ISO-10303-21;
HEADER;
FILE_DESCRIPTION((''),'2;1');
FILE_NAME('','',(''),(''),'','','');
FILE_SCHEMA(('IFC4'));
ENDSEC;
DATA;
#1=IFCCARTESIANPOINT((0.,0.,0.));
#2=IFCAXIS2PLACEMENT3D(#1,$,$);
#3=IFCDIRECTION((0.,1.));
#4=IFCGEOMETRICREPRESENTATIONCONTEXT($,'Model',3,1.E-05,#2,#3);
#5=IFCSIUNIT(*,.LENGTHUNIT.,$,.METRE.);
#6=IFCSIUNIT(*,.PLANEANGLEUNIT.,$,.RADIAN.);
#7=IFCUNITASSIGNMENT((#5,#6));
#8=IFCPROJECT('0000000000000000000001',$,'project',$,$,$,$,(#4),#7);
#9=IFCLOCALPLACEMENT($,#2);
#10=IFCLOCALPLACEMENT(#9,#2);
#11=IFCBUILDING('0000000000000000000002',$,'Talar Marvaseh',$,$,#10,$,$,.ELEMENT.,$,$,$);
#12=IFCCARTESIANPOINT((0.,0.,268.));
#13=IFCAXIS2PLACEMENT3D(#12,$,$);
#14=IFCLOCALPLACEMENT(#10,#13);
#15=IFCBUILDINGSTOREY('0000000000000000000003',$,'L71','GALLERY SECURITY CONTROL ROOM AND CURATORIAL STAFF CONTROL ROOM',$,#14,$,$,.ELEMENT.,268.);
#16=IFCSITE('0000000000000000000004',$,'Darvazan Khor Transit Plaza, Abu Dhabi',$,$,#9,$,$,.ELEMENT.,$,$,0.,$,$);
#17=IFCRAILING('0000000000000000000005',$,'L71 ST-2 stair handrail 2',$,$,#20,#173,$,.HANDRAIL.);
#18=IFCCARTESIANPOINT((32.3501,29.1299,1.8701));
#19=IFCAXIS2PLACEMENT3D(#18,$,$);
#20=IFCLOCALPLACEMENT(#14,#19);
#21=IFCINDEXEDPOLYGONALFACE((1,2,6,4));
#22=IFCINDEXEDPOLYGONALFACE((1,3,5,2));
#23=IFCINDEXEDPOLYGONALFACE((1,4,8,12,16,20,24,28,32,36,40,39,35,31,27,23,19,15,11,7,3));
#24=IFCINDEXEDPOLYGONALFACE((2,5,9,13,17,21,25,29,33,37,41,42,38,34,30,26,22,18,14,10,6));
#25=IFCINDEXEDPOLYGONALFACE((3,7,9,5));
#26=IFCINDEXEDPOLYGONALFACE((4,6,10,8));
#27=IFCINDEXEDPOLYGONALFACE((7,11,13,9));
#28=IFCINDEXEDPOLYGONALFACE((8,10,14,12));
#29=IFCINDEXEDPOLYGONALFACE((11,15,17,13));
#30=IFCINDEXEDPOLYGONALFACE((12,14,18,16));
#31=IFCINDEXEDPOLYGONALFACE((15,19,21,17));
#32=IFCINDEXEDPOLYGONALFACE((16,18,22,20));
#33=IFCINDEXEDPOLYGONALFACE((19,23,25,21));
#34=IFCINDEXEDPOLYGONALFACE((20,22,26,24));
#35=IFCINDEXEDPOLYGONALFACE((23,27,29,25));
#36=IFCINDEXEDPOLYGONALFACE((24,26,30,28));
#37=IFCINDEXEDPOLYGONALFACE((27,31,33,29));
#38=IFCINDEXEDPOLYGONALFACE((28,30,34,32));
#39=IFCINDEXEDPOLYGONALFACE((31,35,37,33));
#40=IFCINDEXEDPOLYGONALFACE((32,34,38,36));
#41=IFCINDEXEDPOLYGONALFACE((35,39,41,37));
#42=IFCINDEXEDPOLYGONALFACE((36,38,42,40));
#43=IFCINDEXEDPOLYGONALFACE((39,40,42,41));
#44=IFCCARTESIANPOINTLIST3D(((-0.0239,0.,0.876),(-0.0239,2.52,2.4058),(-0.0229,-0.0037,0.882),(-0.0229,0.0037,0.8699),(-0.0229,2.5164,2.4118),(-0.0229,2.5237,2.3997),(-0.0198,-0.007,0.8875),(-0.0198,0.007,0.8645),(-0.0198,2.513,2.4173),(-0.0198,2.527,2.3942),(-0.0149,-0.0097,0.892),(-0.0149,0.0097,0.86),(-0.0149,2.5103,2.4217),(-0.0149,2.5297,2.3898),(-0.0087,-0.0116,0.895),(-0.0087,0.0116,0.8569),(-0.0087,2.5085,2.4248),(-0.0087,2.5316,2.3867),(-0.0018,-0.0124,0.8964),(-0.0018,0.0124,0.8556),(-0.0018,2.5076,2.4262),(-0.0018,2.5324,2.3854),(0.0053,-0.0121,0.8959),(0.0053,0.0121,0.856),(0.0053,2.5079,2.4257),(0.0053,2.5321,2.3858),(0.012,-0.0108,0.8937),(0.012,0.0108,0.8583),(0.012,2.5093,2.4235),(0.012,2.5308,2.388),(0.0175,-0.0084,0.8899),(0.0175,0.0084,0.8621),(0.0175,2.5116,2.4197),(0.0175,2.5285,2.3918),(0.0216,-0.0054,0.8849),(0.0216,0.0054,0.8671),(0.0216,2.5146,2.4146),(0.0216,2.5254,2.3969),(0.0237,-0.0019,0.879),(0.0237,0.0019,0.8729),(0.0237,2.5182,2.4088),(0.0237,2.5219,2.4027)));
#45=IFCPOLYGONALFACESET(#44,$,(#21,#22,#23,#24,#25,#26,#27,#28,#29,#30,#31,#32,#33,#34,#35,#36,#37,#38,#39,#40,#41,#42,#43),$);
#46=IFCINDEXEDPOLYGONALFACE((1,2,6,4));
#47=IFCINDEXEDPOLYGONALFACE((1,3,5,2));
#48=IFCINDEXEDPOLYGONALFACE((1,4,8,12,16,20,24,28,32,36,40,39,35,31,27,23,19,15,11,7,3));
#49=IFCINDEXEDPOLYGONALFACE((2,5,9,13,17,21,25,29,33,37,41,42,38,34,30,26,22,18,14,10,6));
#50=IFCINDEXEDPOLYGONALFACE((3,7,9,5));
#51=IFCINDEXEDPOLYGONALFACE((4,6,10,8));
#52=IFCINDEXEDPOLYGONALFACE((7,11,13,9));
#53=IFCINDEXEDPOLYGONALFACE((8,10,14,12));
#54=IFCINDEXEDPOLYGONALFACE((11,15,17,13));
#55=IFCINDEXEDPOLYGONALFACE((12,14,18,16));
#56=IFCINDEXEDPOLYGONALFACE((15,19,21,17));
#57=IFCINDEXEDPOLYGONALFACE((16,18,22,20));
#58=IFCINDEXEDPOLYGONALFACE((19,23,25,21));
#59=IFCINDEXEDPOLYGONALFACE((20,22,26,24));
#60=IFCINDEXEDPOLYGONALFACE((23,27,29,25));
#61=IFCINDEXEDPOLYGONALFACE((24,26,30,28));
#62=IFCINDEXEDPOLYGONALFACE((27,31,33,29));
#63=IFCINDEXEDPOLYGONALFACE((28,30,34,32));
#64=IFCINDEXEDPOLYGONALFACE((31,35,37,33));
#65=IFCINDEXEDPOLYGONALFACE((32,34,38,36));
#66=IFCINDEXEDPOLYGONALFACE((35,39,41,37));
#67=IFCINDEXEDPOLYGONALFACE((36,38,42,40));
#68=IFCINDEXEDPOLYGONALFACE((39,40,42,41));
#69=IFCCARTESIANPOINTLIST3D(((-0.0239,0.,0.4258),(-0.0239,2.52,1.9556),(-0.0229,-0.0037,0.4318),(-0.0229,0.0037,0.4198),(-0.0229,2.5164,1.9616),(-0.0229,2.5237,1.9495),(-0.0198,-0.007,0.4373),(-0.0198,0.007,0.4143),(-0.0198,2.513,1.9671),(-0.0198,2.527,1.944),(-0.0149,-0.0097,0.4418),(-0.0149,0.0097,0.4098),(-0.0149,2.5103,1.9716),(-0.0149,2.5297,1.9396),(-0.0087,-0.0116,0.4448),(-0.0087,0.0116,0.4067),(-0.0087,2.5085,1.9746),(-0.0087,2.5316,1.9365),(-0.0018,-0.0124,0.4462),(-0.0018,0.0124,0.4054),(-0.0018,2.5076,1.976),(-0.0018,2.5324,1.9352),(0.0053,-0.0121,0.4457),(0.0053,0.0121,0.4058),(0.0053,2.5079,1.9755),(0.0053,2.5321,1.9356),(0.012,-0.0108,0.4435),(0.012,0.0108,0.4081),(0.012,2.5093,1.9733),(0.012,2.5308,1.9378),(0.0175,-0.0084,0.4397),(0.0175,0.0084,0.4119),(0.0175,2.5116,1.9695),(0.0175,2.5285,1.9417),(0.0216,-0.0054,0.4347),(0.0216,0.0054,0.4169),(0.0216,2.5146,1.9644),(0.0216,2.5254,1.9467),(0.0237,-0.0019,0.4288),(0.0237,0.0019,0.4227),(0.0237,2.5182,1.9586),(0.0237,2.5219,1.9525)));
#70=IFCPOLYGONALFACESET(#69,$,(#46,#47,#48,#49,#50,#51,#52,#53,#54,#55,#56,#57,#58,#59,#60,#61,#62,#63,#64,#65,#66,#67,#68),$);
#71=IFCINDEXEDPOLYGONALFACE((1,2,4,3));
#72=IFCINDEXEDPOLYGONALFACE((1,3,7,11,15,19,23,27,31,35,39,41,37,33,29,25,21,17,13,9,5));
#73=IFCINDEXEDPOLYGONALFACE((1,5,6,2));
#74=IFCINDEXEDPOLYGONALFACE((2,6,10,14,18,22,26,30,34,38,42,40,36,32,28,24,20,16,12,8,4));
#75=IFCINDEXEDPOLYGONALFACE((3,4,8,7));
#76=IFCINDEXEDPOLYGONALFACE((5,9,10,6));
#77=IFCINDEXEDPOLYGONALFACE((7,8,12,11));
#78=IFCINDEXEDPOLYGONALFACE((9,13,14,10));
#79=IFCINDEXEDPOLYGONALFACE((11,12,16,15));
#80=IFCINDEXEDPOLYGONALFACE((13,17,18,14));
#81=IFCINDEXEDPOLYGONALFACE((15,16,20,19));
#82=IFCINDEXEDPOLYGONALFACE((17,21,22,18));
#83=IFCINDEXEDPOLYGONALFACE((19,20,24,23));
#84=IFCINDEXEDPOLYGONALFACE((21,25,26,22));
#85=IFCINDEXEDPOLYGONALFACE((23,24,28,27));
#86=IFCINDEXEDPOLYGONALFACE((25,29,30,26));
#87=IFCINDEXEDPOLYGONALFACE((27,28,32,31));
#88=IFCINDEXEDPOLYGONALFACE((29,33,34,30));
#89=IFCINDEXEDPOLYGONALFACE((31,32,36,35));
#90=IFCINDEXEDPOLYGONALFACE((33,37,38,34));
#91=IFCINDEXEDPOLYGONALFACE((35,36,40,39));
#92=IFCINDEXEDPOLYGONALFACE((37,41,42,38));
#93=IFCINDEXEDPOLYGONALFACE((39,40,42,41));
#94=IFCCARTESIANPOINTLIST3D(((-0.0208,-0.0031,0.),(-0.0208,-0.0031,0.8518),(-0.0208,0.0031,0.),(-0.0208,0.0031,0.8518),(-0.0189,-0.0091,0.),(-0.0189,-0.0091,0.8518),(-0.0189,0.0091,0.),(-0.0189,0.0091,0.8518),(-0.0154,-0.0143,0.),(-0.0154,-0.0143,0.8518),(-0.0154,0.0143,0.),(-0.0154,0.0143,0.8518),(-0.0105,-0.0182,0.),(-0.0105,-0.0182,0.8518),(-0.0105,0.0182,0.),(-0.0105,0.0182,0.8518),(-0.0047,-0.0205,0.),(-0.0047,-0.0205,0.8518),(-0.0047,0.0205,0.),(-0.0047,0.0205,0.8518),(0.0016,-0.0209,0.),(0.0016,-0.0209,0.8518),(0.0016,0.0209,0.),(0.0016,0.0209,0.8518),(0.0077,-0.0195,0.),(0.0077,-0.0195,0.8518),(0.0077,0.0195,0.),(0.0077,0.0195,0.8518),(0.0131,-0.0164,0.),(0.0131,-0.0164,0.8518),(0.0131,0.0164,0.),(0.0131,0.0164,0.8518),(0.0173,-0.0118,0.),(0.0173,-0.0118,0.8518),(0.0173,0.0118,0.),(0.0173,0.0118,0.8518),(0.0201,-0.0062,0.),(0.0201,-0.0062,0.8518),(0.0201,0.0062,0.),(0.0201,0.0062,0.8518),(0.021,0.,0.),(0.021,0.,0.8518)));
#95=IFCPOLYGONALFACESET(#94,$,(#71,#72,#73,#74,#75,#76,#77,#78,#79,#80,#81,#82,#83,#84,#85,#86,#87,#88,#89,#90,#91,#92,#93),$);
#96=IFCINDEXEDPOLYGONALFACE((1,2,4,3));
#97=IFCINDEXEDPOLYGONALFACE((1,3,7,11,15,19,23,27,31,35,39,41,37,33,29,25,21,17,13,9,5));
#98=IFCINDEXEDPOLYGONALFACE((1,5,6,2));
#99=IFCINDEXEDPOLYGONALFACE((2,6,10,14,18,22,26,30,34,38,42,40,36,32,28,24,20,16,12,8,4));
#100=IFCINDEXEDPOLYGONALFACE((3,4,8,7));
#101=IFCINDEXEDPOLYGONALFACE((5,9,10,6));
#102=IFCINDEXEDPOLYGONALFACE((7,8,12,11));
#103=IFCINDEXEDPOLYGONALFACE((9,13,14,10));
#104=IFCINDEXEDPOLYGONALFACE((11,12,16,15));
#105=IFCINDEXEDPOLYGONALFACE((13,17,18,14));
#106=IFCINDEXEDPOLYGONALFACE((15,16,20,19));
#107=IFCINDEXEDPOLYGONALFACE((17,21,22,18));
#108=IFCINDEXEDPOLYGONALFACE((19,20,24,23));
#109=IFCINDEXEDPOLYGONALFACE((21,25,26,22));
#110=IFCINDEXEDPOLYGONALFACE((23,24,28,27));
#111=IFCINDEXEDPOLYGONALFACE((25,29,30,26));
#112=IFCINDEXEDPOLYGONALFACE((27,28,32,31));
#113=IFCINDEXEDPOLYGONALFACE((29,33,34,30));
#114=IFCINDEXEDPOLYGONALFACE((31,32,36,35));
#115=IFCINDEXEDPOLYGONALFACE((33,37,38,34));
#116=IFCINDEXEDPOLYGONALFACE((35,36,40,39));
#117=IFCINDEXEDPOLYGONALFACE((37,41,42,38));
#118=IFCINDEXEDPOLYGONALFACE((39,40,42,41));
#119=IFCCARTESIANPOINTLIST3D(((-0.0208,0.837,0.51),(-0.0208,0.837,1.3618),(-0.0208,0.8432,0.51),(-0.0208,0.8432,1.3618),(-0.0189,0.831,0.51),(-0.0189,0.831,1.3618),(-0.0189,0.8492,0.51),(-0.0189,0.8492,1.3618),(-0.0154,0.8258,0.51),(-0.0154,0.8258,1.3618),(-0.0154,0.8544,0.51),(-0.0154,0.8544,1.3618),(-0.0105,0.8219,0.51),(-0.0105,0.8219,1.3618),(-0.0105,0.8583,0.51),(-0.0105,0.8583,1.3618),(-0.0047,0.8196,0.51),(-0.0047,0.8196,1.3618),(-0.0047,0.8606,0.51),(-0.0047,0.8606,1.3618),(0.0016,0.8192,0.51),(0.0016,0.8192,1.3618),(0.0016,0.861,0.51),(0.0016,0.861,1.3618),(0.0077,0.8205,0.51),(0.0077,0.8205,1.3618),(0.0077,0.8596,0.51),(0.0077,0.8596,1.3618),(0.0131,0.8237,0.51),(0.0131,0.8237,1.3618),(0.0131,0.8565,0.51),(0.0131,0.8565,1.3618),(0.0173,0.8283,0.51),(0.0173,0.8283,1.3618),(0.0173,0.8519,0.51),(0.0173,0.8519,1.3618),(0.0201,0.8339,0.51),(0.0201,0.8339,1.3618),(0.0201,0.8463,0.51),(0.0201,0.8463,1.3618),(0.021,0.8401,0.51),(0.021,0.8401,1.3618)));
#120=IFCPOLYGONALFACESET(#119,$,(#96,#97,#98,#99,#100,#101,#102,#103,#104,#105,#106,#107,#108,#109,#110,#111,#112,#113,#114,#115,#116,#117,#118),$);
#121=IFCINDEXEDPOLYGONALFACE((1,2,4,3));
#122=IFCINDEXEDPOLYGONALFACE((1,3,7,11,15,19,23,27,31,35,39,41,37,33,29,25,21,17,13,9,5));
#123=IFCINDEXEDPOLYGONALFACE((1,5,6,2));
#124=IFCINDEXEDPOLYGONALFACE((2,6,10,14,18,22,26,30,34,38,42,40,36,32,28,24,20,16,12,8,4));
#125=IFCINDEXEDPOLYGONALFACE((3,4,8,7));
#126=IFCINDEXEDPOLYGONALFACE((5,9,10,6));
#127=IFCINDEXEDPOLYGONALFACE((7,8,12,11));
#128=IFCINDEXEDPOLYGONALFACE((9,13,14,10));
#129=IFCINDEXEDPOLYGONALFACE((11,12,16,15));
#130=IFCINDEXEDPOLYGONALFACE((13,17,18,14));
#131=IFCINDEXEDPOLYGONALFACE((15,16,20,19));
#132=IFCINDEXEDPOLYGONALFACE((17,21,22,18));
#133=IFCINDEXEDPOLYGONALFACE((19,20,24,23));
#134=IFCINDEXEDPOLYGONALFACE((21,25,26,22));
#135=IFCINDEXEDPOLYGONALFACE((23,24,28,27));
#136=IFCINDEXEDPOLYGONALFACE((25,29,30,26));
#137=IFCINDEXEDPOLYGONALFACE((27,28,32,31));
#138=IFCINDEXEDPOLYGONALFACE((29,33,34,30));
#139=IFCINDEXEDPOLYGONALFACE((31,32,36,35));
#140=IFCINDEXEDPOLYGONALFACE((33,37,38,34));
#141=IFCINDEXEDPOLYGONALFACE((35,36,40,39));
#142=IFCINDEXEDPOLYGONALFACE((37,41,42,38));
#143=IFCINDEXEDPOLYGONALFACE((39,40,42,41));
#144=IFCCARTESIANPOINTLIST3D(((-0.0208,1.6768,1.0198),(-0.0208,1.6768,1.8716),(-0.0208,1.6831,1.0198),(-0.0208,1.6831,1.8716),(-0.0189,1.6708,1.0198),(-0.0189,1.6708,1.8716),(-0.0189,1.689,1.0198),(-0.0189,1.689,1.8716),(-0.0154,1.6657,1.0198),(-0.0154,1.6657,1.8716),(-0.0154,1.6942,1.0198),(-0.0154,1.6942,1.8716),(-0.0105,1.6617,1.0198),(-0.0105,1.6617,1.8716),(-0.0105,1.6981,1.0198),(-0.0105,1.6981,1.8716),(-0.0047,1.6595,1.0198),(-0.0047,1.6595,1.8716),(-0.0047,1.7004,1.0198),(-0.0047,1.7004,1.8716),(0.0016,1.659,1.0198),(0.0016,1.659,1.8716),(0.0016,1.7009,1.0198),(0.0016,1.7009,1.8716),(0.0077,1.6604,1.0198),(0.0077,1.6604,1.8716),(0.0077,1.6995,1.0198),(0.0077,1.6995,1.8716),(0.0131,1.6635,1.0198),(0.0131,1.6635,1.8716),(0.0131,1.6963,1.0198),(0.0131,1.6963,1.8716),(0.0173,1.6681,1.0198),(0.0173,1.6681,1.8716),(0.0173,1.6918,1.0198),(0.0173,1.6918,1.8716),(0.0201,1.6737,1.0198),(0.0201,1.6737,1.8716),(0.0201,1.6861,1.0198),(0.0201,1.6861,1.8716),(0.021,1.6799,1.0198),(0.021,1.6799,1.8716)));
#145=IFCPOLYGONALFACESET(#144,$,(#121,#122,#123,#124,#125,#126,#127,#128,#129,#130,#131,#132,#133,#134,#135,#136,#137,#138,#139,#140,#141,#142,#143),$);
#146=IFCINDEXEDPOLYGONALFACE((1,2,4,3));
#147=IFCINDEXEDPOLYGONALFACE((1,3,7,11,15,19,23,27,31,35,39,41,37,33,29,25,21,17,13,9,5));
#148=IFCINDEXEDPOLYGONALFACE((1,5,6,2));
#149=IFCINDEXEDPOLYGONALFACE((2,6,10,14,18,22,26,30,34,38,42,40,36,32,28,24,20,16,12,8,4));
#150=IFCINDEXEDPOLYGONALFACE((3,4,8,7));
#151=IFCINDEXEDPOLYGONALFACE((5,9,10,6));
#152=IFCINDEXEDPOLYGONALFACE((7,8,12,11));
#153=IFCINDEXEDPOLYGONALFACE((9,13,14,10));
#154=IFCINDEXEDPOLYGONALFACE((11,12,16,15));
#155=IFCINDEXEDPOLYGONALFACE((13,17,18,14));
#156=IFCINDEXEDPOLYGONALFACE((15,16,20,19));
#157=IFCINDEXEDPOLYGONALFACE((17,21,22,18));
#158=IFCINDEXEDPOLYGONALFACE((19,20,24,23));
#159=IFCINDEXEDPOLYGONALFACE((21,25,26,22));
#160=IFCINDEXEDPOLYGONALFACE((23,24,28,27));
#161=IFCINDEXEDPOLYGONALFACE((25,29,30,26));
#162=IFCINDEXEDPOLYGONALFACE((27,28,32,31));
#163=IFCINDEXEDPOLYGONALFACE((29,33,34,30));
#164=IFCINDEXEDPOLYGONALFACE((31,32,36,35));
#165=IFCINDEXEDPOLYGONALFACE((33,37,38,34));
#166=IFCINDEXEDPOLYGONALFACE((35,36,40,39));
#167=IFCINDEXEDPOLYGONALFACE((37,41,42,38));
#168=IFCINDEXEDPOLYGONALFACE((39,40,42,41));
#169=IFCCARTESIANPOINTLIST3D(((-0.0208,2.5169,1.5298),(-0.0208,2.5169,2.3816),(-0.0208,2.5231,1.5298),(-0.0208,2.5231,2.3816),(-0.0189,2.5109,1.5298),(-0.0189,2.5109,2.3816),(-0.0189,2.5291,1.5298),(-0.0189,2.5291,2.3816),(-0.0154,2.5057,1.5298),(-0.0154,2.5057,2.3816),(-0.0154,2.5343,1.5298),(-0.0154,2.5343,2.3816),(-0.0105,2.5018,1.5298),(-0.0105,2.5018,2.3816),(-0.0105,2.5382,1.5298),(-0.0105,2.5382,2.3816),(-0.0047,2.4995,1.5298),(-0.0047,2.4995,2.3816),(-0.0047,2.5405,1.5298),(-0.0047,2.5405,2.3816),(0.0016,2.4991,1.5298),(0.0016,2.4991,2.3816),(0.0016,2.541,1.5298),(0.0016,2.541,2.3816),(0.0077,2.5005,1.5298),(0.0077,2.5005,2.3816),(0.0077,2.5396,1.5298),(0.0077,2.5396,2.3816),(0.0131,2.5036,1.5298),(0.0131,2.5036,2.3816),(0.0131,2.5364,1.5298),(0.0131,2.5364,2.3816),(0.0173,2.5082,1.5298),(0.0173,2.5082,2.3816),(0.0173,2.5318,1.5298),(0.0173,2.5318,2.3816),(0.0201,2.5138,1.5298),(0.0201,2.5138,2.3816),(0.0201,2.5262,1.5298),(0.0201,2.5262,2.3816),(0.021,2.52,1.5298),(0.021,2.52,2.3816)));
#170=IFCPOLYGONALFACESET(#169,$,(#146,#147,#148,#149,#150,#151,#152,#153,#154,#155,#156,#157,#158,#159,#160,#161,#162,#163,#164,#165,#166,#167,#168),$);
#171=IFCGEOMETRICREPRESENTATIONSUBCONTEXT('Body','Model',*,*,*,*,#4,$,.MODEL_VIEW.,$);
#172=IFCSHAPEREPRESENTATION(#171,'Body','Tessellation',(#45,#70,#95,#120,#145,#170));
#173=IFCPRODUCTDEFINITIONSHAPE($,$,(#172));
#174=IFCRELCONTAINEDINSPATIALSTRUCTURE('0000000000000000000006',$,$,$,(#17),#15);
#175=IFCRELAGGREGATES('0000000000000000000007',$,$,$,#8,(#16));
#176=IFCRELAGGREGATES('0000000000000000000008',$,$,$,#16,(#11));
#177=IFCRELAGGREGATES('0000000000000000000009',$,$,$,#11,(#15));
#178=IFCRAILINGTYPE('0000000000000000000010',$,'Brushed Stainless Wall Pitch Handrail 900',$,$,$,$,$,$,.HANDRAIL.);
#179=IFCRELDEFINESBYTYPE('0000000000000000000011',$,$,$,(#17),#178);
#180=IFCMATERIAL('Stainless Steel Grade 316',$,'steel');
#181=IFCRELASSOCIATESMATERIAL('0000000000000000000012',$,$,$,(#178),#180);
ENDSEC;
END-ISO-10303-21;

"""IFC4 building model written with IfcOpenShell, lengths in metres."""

from ifc_helpers import new_model, si_unit, direction, frame, origin, origin_2d, place, context, subcontext, project, spatial, circle, extrude, material, type_object, element, save


model = new_model("IFC4")

# Units and contexts
model_context = context("Model", 3, precision=1e-05, world=origin(), true_north=direction((0.0, 1.0)))
body_context = subcontext(model_context, "Body", "Model", "MODEL_VIEW")
ifc_project = project(units=[si_unit("LENGTHUNIT", "METRE"), si_unit("PLANEANGLEUNIT", "RADIAN")], contexts=[model_context])

# Site, building, storey
site_placement = place(None, origin())
site = spatial("IfcSite", under=ifc_project, at=site_placement, Name="Darvazan Khor Transit Plaza, Abu Dhabi", CompositionType="ELEMENT", RefElevation=0.0)
building_placement = place(site_placement, origin())
building = spatial("IfcBuilding", under=site, at=building_placement, Name="Talar Marvaseh", CompositionType="ELEMENT")
storey_placement = place(building_placement, frame((0.0, 0.0, 268.0)))
storey = spatial("IfcBuildingStorey", under=building, at=storey_placement, Name="L71", Description="GALLERY SECURITY CONTROL ROOM AND CURATORIAL STAFF CONTROL ROOM", CompositionType="ELEMENT", Elevation=268.0)

# Shared definitions
ifc_material_1 = material(Name="Stainless Steel Grade 316", Category="steel")

# Railing
railing_type_1 = type_object("IfcRailingType", Name="Brushed Stainless Wall Pitch Handrail 900", PredefinedType="HANDRAIL", material=ifc_material_1)
railing_1_placement = place(storey_placement, frame((32.3501, 29.1299, 1.8701)))
element("IfcRailing", 1, at=railing_1_placement, inside=storey, type_object=railing_type_1, Name="L71 ST-2 stair handrail 2", PredefinedType="HANDRAIL", context=body_context, shape_type="SweptSolid", body=[
    extrude(circle(Radius=0.0239, at=origin_2d()), frame((0.0, 0.0, 0.876), z_axis=(0.0, 0.854822, 0.518922), x_axis=(-1.0, 0.0, 0.0)), (0.0, 0.0, 1.0), 2.948),
    extrude(circle(Radius=0.0239, at=origin_2d()), frame((0.0, 0.0, 0.4258), z_axis=(0.0, 0.854822, 0.518922), x_axis=(-1.0, 0.0, 0.0)), (0.0, 0.0, 1.0), 2.948),
    extrude(circle(Radius=0.021, at=origin_2d()), origin(), (0.0, 0.0, 1.0), 0.8518),
    extrude(circle(Radius=0.021, at=origin_2d()), frame((0.0, 0.8401, 0.51)), (0.0, 0.0, 1.0), 0.8518),
    extrude(circle(Radius=0.021, at=origin_2d()), frame((0.0, 1.6799, 1.0198)), (0.0, 0.0, 1.0), 0.8518),
    extrude(circle(Radius=0.021, at=origin_2d()), frame((0.0, 2.52, 1.5298)), (0.0, 0.0, 1.0), 0.8518),
])

save(model, "model.ifc")
